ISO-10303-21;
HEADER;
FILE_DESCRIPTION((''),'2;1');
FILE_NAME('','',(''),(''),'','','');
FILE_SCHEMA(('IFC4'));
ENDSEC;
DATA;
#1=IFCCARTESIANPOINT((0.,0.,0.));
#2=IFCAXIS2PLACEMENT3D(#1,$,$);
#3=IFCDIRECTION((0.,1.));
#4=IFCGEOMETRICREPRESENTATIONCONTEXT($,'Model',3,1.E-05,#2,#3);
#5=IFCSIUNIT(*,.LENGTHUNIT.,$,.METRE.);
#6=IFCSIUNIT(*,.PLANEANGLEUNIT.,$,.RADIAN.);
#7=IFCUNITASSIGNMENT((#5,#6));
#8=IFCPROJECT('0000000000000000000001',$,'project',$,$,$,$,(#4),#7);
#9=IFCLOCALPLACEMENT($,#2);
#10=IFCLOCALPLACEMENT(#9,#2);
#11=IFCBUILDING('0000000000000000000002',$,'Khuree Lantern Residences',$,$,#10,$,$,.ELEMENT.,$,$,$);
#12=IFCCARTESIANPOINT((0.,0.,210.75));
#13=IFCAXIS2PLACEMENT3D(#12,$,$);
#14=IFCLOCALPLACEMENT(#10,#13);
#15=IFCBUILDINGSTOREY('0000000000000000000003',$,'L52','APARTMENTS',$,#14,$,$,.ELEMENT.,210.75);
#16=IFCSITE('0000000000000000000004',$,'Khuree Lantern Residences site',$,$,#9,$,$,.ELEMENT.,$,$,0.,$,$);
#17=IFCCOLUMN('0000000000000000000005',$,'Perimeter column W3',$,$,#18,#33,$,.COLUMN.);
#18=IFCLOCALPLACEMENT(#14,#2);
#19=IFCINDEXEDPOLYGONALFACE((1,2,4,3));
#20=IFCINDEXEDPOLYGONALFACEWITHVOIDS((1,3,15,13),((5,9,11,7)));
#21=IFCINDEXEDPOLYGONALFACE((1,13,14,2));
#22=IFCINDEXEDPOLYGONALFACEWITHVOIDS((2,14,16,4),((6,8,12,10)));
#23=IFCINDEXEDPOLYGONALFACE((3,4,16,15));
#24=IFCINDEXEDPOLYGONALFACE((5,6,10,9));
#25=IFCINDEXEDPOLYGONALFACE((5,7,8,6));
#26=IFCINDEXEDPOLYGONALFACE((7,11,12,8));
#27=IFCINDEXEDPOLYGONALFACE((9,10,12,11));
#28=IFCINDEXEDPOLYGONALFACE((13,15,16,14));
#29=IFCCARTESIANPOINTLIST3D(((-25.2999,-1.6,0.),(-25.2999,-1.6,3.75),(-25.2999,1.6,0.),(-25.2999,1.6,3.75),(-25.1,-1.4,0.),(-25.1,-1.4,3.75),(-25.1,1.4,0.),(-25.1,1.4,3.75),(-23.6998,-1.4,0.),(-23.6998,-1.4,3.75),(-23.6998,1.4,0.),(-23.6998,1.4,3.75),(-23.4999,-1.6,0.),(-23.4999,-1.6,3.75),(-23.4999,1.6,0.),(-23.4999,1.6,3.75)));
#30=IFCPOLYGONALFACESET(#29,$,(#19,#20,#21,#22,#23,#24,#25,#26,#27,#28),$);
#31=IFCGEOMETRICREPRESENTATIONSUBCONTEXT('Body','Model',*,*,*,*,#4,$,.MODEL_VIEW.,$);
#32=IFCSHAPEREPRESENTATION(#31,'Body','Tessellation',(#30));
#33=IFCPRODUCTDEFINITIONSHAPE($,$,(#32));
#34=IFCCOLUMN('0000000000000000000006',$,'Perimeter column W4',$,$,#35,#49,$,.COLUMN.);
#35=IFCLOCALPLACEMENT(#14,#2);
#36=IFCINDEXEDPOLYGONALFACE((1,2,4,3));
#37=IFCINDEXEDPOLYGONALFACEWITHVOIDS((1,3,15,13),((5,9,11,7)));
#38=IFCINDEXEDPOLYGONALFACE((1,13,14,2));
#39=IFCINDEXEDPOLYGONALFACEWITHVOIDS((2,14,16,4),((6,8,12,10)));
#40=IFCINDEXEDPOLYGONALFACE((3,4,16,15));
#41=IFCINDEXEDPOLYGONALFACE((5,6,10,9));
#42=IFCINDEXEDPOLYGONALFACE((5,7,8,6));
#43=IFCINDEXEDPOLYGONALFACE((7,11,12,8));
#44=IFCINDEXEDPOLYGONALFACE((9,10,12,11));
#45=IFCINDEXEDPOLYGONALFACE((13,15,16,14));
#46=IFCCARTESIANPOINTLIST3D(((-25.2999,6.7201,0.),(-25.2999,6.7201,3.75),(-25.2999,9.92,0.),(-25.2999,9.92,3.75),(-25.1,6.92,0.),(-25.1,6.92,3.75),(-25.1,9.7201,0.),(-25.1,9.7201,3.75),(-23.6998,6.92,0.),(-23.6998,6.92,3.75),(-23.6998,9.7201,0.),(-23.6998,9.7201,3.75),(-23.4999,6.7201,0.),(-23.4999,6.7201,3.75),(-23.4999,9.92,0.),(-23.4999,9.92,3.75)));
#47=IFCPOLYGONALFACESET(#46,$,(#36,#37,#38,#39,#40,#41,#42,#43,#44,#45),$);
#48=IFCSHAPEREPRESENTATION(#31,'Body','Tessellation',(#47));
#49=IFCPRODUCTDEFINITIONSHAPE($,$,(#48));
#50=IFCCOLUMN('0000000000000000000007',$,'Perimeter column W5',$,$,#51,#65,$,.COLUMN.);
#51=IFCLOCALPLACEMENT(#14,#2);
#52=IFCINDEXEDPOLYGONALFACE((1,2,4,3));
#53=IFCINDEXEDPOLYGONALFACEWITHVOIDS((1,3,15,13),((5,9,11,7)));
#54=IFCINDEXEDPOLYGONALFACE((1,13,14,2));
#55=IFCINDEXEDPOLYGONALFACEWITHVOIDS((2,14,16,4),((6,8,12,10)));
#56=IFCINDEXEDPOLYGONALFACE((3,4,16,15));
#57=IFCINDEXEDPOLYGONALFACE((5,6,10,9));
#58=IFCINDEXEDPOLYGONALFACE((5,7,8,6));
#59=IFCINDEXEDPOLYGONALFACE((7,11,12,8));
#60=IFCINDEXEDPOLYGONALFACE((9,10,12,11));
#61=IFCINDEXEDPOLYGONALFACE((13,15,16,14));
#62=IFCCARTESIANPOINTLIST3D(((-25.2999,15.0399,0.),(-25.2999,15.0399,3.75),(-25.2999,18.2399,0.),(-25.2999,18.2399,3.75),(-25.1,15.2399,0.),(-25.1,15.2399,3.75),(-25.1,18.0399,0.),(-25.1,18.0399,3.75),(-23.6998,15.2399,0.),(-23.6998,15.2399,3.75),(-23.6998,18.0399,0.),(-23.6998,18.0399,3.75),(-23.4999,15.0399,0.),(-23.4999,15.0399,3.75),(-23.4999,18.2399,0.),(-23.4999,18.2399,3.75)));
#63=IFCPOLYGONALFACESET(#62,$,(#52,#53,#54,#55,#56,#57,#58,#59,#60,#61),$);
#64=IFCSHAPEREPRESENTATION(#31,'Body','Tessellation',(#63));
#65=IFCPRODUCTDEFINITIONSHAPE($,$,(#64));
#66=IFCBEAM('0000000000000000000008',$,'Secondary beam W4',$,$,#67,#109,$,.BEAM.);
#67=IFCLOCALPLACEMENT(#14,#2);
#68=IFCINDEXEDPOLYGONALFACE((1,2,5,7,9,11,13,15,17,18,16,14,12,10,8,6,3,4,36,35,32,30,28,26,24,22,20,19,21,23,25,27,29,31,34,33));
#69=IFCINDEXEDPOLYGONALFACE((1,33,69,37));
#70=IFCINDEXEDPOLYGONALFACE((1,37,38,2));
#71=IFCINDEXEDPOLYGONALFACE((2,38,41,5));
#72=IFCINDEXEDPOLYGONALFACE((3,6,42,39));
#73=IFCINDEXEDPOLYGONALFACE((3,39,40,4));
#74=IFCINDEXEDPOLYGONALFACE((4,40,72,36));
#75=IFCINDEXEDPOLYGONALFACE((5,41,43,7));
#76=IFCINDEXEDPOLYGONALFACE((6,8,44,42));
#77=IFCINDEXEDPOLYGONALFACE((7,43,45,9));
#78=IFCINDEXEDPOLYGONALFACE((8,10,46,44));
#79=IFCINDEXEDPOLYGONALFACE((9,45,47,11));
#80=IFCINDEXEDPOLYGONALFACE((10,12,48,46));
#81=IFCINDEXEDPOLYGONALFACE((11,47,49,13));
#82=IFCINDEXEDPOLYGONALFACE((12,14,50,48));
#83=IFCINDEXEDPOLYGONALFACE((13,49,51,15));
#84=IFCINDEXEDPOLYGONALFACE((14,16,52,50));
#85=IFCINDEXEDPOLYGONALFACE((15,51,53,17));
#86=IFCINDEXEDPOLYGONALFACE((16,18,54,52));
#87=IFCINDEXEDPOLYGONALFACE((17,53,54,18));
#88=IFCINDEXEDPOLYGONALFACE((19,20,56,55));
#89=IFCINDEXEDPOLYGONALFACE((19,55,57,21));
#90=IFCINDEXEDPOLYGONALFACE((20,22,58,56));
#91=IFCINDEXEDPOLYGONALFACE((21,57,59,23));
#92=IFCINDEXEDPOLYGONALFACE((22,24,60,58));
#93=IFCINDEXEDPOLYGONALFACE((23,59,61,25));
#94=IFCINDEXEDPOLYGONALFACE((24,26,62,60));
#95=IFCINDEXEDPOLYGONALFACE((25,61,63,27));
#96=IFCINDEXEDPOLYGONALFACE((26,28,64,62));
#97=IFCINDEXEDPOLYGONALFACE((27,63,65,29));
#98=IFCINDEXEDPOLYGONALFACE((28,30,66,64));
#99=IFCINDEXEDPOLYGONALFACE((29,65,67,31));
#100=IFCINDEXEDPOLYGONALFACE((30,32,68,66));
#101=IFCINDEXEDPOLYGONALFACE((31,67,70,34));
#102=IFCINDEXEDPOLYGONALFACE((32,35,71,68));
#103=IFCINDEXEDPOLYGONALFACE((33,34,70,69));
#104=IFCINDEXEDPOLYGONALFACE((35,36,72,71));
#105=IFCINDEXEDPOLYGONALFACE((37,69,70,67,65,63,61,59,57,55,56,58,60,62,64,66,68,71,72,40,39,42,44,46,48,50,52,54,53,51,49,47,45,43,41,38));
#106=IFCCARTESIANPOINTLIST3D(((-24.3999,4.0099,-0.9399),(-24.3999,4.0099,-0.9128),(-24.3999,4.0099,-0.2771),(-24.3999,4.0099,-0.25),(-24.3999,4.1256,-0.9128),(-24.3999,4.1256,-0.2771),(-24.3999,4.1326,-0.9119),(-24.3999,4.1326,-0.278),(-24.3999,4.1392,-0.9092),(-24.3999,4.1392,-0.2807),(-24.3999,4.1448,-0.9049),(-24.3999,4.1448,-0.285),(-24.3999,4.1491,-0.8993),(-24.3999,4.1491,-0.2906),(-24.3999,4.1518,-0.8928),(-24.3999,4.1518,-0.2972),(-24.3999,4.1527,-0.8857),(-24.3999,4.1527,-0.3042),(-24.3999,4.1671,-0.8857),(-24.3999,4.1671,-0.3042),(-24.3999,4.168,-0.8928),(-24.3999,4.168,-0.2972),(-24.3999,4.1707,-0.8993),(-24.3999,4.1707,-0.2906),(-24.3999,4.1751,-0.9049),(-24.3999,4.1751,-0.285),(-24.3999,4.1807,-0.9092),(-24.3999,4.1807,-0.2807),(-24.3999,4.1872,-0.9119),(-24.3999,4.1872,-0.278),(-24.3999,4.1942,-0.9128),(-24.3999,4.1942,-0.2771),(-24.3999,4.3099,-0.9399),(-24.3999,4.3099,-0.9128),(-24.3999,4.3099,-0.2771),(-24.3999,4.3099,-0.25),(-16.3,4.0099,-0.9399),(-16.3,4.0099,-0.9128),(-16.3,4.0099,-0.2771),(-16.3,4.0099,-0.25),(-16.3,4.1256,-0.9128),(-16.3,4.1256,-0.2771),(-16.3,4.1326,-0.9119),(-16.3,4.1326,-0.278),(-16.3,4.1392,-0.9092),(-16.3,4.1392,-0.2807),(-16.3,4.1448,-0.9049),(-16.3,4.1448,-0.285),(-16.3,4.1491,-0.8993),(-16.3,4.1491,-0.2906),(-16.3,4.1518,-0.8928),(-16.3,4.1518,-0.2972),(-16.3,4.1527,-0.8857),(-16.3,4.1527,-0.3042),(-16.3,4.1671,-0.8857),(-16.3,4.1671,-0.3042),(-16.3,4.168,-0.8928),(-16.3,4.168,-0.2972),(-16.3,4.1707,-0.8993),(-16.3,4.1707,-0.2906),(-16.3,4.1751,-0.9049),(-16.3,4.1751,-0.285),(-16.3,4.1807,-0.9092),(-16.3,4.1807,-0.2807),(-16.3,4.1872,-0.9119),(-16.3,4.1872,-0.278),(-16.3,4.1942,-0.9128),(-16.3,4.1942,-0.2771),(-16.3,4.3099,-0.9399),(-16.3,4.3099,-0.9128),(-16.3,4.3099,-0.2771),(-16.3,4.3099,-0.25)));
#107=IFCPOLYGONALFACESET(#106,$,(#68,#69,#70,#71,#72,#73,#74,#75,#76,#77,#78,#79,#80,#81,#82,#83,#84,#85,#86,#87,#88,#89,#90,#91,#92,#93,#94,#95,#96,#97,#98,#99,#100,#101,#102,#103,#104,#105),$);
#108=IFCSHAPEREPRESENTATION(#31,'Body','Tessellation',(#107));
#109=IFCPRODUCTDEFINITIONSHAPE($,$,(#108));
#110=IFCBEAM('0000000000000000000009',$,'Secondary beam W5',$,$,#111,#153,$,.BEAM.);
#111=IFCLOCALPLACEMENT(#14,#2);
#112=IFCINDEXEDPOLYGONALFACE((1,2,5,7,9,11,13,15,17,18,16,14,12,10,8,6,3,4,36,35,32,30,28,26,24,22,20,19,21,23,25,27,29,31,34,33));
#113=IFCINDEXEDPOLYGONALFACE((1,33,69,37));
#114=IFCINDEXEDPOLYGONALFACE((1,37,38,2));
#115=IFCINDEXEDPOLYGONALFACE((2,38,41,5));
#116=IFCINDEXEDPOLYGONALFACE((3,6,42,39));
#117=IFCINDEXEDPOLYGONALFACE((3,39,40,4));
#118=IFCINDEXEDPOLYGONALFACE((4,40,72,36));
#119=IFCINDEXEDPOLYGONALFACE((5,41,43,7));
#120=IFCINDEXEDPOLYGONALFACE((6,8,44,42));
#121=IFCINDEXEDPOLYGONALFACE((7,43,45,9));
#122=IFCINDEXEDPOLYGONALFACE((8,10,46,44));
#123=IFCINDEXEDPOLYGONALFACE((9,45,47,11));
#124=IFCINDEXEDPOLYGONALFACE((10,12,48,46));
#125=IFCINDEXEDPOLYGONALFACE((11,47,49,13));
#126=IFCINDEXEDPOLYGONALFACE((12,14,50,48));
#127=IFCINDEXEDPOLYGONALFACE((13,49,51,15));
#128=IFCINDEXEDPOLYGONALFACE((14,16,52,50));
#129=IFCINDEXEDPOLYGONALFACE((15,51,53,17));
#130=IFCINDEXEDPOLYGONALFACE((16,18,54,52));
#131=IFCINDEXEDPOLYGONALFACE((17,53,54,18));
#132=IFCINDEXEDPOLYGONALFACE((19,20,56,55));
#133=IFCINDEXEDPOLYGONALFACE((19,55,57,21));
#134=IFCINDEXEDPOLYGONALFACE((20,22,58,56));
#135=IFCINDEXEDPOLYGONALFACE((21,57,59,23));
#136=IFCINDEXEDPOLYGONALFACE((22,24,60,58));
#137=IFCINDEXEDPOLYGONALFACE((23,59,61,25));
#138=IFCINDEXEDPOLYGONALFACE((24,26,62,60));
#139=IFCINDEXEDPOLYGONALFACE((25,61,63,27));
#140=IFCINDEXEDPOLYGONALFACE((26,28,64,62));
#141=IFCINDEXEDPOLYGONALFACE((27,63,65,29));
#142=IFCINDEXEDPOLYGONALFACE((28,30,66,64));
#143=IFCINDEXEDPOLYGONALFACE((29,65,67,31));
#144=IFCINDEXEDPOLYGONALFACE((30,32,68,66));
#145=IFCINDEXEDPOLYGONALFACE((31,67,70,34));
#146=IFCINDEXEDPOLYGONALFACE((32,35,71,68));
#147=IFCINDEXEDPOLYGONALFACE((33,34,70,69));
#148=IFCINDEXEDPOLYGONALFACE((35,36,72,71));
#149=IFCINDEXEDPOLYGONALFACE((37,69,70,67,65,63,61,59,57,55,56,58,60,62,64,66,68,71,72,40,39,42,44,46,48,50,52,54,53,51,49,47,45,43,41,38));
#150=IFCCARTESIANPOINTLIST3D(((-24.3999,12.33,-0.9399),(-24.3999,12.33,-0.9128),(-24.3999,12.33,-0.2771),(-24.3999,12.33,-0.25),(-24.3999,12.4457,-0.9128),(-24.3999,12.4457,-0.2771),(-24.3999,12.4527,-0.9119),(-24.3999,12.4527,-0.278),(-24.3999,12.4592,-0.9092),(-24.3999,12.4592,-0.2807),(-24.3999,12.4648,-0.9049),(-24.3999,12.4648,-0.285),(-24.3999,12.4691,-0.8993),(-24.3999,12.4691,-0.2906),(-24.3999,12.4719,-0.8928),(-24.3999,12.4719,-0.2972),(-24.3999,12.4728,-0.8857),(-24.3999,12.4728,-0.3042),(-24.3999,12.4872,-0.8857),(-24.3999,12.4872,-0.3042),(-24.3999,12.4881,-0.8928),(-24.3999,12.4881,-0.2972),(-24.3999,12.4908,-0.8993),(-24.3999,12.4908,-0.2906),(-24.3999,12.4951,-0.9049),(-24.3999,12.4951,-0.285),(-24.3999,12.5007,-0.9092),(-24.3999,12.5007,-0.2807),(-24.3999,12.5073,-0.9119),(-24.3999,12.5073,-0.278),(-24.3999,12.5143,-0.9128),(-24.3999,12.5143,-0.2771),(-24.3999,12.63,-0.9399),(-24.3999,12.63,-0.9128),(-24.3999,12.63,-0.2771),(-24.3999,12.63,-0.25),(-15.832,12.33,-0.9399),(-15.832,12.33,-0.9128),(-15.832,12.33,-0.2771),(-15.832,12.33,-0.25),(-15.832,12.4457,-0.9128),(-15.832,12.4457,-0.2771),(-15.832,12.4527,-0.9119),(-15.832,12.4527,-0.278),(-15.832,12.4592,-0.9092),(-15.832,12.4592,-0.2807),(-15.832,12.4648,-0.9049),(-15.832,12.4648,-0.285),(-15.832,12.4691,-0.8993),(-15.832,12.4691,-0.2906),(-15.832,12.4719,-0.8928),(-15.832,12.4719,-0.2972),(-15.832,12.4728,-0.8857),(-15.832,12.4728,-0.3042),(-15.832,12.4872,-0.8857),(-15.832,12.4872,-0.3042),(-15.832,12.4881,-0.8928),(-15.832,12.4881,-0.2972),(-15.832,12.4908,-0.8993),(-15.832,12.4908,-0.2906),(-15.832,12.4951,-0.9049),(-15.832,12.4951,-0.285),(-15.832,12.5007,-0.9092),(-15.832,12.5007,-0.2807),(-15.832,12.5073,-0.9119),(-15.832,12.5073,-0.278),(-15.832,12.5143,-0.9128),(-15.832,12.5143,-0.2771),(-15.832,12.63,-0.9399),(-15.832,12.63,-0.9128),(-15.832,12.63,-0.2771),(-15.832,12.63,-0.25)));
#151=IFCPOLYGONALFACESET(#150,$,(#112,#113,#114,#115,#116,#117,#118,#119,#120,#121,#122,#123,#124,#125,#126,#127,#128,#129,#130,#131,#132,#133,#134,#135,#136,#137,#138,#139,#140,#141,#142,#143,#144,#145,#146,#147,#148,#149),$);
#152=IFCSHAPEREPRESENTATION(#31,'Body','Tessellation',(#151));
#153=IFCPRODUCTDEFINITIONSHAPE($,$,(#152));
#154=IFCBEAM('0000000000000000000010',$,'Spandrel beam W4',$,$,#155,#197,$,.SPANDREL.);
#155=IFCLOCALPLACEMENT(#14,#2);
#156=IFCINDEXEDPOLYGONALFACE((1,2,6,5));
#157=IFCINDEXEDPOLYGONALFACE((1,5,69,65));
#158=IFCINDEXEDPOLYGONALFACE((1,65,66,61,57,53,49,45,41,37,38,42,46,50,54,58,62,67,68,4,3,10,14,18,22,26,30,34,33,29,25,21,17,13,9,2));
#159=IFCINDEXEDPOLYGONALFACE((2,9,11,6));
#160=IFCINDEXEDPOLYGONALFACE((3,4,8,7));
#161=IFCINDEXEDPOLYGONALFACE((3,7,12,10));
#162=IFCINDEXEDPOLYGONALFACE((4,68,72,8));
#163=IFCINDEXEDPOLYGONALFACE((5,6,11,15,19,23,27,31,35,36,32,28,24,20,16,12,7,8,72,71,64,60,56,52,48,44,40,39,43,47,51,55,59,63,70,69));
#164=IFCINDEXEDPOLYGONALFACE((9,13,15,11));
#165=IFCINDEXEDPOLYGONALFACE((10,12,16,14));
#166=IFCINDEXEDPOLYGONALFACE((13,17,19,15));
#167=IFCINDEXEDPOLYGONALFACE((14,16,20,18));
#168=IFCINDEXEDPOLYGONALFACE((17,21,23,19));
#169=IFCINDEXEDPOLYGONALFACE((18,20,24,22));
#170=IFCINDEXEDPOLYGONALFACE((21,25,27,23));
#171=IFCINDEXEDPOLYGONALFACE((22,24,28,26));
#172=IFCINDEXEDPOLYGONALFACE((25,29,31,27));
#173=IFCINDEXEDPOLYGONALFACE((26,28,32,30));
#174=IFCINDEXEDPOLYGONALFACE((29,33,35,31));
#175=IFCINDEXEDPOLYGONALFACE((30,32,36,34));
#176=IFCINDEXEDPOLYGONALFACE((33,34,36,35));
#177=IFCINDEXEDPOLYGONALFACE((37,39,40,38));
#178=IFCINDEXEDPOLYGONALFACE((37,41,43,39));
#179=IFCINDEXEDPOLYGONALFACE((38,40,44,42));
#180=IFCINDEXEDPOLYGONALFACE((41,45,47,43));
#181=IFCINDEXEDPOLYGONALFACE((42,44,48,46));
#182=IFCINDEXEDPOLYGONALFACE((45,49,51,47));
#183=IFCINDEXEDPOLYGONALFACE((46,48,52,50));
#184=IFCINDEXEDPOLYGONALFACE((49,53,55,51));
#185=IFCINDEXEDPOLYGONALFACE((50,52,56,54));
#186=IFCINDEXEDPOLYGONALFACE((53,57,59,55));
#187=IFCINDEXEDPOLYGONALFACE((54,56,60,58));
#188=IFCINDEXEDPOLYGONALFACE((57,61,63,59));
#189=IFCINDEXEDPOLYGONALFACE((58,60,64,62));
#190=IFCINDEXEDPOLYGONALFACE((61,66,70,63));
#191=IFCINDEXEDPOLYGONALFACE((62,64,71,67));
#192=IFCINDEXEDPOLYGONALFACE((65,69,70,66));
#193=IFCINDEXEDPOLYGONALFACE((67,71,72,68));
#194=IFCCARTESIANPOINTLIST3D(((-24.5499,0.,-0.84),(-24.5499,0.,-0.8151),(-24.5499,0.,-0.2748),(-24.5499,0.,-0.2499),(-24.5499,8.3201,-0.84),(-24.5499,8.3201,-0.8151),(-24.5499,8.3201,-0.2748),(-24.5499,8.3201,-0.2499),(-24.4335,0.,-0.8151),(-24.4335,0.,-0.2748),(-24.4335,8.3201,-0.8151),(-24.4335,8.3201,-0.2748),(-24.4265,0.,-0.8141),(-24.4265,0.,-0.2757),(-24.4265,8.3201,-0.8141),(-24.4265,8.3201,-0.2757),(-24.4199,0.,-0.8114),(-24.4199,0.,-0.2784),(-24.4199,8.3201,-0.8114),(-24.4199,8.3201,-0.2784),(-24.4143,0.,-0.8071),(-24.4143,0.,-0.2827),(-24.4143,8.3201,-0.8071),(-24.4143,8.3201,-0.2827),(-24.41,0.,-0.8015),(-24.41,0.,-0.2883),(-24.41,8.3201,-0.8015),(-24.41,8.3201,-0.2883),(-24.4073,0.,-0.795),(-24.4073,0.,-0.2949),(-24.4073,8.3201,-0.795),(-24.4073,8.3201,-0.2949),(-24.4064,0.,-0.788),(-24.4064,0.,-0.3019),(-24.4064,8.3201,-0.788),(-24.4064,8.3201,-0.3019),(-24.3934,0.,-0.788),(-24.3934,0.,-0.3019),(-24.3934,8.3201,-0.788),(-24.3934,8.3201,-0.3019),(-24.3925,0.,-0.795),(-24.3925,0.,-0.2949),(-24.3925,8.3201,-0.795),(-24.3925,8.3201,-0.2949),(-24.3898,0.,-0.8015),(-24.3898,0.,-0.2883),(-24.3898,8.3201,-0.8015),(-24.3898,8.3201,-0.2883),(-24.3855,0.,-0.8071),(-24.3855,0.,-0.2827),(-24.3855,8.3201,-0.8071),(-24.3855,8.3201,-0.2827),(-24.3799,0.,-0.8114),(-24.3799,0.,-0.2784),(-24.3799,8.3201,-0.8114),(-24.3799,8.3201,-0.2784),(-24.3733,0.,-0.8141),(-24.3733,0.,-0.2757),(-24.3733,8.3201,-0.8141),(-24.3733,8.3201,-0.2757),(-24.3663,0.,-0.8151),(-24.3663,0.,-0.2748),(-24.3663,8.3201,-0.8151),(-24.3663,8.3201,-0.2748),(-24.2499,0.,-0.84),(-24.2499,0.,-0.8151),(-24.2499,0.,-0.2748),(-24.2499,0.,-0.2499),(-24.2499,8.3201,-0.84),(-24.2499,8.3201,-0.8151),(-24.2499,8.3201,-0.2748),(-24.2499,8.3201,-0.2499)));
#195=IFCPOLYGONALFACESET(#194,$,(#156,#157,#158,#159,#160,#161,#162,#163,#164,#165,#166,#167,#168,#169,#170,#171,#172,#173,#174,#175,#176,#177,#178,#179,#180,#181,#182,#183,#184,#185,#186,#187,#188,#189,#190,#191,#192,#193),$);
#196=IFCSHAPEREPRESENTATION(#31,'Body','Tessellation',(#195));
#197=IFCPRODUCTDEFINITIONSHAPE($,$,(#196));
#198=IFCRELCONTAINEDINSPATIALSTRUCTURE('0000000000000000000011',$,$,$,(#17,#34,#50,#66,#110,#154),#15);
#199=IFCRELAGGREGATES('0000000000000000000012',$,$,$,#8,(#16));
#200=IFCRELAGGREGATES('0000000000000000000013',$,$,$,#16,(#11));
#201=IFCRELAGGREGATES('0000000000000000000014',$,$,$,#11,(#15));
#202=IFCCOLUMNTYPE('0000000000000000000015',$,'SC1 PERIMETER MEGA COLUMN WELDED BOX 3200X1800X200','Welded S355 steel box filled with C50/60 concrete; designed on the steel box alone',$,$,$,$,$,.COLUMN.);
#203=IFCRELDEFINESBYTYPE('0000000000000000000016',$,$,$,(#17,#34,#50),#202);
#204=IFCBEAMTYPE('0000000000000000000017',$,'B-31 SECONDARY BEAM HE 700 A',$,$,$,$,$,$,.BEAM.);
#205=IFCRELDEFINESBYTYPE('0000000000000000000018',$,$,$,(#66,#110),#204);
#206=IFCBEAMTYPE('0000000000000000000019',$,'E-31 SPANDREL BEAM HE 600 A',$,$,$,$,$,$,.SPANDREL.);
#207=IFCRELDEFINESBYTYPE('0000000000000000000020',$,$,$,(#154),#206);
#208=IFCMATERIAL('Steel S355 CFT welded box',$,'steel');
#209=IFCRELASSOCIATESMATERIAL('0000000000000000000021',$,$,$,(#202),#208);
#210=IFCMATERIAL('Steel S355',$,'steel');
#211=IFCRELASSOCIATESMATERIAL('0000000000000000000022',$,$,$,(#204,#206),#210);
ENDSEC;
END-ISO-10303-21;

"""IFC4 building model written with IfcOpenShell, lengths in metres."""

from ifc_helpers import new_model, si_unit, direction, frame, origin, origin_2d, place, context, subcontext, project, spatial, hollow_rectangle, i_section, extrude, material, material_profile, profile_set, type_object, element, save


model = new_model("IFC4")

# Units and contexts
model_context = context("Model", 3, precision=1e-05, world=origin(), true_north=direction((0.0, 1.0)))
body_context = subcontext(model_context, "Body", "Model", "MODEL_VIEW")
ifc_project = project(units=[si_unit("LENGTHUNIT", "METRE"), si_unit("PLANEANGLEUNIT", "RADIAN")], contexts=[model_context])

# Site, building, storey
site_placement = place(None, origin())
site = spatial("IfcSite", under=ifc_project, at=site_placement, Name="Khuree Lantern Residences site", CompositionType="ELEMENT", RefElevation=0.0)
building_placement = place(site_placement, origin())
building = spatial("IfcBuilding", under=site, at=building_placement, Name="Khuree Lantern Residences", CompositionType="ELEMENT")
storey_placement = place(building_placement, frame((0.0, 0.0, 210.75)))
storey = spatial("IfcBuildingStorey", under=building, at=storey_placement, Name="L52", Description="APARTMENTS", CompositionType="ELEMENT", Elevation=210.75)

# Columns
ifc_material_1 = material(Name="Steel S355 CFT welded box", Category="steel")
ifc_material_profile_1 = material_profile(ifc_material_1, hollow_rectangle(XDim=3.2, YDim=1.8, WallThickness=0.2, at=origin_2d()), Name="WELDED BOX 3200X1800X200")
ifc_profile_set_1 = profile_set([ifc_material_profile_1], Name="Steel S355 CFT welded box")
column_type = type_object("IfcColumnType", Name="SC1 PERIMETER MEGA COLUMN WELDED BOX 3200X1800X200", Description="Welded S355 steel box filled with C50/60 concrete; designed on the steel box alone", PredefinedType="COLUMN", material=ifc_profile_set_1)
for number, where, z_axis, x_axis, name in (
    (1, (-24.3999, 0.0, 0.0), (0.0, 0.0, 1.0), (0.0, 1.0, 0.0), "Perimeter column W3"),
    (2, (-24.3999, 8.3201, 0.0), (0.0, 0.0, 1.0), (0.0, 1.0, 0.0), "Perimeter column W4"),
    (3, (-24.3999, 16.6399, 0.0), (0.0, 0.0, 1.0), (0.0, 1.0, 0.0), "Perimeter column W5"),
):
    element("IfcColumn", number, at=place(storey_placement, frame(where, z_axis=z_axis, x_axis=x_axis)), inside=storey, type_object=column_type, Name=name, PredefinedType="COLUMN", context=body_context, shape_type="SweptSolid", body=[
        extrude(hollow_rectangle(XDim=3.2, YDim=1.8, WallThickness=0.2, at=origin_2d()), origin(), (0.0, 0.0, 1.0), 3.75),
    ])

# Beams
ifc_material_2 = material(Name="Steel S355", Category="steel")
ifc_material_profile_2 = material_profile(ifc_material_2, i_section(OverallWidth=0.3, OverallDepth=0.6899, WebThickness=0.0144, FlangeThickness=0.0271, FilletRadius=0.0271, at=origin_2d()), Name="HE 700 A")
ifc_profile_set_2 = profile_set([ifc_material_profile_2], Name="Steel S355")
beam_type_1 = type_object("IfcBeamType", Name="B-31 SECONDARY BEAM HE 700 A", PredefinedType="BEAM", material=ifc_profile_set_2)
beam_1_placement = place(storey_placement, frame((-24.3999, 4.1599, -0.595), z_axis=(1.0, 0.0, 0.0), x_axis=(0.0, 1.0, 0.0)))
element("IfcBeam", 4, at=beam_1_placement, inside=storey, type_object=beam_type_1, Name="Secondary beam W4", PredefinedType="BEAM", context=body_context, shape_type="SweptSolid", body=[
    extrude(i_section(OverallWidth=0.3, OverallDepth=0.6899, WebThickness=0.0144, FlangeThickness=0.0271, FilletRadius=0.0271, at=origin_2d()), origin(), (0.0, 0.0, 1.0), 8.0999),
])
beam_2_placement = place(storey_placement, frame((-24.3999, 12.48, -0.595), z_axis=(1.0, 0.0, 0.0), x_axis=(0.0, 1.0, 0.0)))
element("IfcBeam", 5, at=beam_2_placement, inside=storey, type_object=beam_type_1, Name="Secondary beam W5", PredefinedType="BEAM", context=body_context, shape_type="SweptSolid", body=[
    extrude(i_section(OverallWidth=0.3, OverallDepth=0.6899, WebThickness=0.0144, FlangeThickness=0.0271, FilletRadius=0.0271, at=origin_2d()), origin(), (0.0, 0.0, 1.0), 8.5679),
])
ifc_material_profile_3 = material_profile(ifc_material_2, i_section(OverallWidth=0.3, OverallDepth=0.5901, WebThickness=0.0129, FlangeThickness=0.0249, FilletRadius=0.0271, at=origin_2d()), Name="HE 600 A")
ifc_profile_set_3 = profile_set([ifc_material_profile_3], Name="Steel S355")
beam_type_2 = type_object("IfcBeamType", Name="E-31 SPANDREL BEAM HE 600 A", PredefinedType="SPANDREL", material=ifc_profile_set_3)
beam_3_placement = place(storey_placement, frame((-24.3999, 0.0, -0.5449), z_axis=(0.0, 1.0, 0.0), x_axis=(-1.0, 0.0, 0.0)))
element("IfcBeam", 6, at=beam_3_placement, inside=storey, type_object=beam_type_2, Name="Spandrel beam W4", PredefinedType="SPANDREL", context=body_context, shape_type="SweptSolid", body=[
    extrude(i_section(OverallWidth=0.3, OverallDepth=0.5901, WebThickness=0.0129, FlangeThickness=0.0249, FilletRadius=0.0271, at=origin_2d()), origin(), (0.0, 0.0, 1.0), 8.3201),
])

save(model, "model.ifc")
